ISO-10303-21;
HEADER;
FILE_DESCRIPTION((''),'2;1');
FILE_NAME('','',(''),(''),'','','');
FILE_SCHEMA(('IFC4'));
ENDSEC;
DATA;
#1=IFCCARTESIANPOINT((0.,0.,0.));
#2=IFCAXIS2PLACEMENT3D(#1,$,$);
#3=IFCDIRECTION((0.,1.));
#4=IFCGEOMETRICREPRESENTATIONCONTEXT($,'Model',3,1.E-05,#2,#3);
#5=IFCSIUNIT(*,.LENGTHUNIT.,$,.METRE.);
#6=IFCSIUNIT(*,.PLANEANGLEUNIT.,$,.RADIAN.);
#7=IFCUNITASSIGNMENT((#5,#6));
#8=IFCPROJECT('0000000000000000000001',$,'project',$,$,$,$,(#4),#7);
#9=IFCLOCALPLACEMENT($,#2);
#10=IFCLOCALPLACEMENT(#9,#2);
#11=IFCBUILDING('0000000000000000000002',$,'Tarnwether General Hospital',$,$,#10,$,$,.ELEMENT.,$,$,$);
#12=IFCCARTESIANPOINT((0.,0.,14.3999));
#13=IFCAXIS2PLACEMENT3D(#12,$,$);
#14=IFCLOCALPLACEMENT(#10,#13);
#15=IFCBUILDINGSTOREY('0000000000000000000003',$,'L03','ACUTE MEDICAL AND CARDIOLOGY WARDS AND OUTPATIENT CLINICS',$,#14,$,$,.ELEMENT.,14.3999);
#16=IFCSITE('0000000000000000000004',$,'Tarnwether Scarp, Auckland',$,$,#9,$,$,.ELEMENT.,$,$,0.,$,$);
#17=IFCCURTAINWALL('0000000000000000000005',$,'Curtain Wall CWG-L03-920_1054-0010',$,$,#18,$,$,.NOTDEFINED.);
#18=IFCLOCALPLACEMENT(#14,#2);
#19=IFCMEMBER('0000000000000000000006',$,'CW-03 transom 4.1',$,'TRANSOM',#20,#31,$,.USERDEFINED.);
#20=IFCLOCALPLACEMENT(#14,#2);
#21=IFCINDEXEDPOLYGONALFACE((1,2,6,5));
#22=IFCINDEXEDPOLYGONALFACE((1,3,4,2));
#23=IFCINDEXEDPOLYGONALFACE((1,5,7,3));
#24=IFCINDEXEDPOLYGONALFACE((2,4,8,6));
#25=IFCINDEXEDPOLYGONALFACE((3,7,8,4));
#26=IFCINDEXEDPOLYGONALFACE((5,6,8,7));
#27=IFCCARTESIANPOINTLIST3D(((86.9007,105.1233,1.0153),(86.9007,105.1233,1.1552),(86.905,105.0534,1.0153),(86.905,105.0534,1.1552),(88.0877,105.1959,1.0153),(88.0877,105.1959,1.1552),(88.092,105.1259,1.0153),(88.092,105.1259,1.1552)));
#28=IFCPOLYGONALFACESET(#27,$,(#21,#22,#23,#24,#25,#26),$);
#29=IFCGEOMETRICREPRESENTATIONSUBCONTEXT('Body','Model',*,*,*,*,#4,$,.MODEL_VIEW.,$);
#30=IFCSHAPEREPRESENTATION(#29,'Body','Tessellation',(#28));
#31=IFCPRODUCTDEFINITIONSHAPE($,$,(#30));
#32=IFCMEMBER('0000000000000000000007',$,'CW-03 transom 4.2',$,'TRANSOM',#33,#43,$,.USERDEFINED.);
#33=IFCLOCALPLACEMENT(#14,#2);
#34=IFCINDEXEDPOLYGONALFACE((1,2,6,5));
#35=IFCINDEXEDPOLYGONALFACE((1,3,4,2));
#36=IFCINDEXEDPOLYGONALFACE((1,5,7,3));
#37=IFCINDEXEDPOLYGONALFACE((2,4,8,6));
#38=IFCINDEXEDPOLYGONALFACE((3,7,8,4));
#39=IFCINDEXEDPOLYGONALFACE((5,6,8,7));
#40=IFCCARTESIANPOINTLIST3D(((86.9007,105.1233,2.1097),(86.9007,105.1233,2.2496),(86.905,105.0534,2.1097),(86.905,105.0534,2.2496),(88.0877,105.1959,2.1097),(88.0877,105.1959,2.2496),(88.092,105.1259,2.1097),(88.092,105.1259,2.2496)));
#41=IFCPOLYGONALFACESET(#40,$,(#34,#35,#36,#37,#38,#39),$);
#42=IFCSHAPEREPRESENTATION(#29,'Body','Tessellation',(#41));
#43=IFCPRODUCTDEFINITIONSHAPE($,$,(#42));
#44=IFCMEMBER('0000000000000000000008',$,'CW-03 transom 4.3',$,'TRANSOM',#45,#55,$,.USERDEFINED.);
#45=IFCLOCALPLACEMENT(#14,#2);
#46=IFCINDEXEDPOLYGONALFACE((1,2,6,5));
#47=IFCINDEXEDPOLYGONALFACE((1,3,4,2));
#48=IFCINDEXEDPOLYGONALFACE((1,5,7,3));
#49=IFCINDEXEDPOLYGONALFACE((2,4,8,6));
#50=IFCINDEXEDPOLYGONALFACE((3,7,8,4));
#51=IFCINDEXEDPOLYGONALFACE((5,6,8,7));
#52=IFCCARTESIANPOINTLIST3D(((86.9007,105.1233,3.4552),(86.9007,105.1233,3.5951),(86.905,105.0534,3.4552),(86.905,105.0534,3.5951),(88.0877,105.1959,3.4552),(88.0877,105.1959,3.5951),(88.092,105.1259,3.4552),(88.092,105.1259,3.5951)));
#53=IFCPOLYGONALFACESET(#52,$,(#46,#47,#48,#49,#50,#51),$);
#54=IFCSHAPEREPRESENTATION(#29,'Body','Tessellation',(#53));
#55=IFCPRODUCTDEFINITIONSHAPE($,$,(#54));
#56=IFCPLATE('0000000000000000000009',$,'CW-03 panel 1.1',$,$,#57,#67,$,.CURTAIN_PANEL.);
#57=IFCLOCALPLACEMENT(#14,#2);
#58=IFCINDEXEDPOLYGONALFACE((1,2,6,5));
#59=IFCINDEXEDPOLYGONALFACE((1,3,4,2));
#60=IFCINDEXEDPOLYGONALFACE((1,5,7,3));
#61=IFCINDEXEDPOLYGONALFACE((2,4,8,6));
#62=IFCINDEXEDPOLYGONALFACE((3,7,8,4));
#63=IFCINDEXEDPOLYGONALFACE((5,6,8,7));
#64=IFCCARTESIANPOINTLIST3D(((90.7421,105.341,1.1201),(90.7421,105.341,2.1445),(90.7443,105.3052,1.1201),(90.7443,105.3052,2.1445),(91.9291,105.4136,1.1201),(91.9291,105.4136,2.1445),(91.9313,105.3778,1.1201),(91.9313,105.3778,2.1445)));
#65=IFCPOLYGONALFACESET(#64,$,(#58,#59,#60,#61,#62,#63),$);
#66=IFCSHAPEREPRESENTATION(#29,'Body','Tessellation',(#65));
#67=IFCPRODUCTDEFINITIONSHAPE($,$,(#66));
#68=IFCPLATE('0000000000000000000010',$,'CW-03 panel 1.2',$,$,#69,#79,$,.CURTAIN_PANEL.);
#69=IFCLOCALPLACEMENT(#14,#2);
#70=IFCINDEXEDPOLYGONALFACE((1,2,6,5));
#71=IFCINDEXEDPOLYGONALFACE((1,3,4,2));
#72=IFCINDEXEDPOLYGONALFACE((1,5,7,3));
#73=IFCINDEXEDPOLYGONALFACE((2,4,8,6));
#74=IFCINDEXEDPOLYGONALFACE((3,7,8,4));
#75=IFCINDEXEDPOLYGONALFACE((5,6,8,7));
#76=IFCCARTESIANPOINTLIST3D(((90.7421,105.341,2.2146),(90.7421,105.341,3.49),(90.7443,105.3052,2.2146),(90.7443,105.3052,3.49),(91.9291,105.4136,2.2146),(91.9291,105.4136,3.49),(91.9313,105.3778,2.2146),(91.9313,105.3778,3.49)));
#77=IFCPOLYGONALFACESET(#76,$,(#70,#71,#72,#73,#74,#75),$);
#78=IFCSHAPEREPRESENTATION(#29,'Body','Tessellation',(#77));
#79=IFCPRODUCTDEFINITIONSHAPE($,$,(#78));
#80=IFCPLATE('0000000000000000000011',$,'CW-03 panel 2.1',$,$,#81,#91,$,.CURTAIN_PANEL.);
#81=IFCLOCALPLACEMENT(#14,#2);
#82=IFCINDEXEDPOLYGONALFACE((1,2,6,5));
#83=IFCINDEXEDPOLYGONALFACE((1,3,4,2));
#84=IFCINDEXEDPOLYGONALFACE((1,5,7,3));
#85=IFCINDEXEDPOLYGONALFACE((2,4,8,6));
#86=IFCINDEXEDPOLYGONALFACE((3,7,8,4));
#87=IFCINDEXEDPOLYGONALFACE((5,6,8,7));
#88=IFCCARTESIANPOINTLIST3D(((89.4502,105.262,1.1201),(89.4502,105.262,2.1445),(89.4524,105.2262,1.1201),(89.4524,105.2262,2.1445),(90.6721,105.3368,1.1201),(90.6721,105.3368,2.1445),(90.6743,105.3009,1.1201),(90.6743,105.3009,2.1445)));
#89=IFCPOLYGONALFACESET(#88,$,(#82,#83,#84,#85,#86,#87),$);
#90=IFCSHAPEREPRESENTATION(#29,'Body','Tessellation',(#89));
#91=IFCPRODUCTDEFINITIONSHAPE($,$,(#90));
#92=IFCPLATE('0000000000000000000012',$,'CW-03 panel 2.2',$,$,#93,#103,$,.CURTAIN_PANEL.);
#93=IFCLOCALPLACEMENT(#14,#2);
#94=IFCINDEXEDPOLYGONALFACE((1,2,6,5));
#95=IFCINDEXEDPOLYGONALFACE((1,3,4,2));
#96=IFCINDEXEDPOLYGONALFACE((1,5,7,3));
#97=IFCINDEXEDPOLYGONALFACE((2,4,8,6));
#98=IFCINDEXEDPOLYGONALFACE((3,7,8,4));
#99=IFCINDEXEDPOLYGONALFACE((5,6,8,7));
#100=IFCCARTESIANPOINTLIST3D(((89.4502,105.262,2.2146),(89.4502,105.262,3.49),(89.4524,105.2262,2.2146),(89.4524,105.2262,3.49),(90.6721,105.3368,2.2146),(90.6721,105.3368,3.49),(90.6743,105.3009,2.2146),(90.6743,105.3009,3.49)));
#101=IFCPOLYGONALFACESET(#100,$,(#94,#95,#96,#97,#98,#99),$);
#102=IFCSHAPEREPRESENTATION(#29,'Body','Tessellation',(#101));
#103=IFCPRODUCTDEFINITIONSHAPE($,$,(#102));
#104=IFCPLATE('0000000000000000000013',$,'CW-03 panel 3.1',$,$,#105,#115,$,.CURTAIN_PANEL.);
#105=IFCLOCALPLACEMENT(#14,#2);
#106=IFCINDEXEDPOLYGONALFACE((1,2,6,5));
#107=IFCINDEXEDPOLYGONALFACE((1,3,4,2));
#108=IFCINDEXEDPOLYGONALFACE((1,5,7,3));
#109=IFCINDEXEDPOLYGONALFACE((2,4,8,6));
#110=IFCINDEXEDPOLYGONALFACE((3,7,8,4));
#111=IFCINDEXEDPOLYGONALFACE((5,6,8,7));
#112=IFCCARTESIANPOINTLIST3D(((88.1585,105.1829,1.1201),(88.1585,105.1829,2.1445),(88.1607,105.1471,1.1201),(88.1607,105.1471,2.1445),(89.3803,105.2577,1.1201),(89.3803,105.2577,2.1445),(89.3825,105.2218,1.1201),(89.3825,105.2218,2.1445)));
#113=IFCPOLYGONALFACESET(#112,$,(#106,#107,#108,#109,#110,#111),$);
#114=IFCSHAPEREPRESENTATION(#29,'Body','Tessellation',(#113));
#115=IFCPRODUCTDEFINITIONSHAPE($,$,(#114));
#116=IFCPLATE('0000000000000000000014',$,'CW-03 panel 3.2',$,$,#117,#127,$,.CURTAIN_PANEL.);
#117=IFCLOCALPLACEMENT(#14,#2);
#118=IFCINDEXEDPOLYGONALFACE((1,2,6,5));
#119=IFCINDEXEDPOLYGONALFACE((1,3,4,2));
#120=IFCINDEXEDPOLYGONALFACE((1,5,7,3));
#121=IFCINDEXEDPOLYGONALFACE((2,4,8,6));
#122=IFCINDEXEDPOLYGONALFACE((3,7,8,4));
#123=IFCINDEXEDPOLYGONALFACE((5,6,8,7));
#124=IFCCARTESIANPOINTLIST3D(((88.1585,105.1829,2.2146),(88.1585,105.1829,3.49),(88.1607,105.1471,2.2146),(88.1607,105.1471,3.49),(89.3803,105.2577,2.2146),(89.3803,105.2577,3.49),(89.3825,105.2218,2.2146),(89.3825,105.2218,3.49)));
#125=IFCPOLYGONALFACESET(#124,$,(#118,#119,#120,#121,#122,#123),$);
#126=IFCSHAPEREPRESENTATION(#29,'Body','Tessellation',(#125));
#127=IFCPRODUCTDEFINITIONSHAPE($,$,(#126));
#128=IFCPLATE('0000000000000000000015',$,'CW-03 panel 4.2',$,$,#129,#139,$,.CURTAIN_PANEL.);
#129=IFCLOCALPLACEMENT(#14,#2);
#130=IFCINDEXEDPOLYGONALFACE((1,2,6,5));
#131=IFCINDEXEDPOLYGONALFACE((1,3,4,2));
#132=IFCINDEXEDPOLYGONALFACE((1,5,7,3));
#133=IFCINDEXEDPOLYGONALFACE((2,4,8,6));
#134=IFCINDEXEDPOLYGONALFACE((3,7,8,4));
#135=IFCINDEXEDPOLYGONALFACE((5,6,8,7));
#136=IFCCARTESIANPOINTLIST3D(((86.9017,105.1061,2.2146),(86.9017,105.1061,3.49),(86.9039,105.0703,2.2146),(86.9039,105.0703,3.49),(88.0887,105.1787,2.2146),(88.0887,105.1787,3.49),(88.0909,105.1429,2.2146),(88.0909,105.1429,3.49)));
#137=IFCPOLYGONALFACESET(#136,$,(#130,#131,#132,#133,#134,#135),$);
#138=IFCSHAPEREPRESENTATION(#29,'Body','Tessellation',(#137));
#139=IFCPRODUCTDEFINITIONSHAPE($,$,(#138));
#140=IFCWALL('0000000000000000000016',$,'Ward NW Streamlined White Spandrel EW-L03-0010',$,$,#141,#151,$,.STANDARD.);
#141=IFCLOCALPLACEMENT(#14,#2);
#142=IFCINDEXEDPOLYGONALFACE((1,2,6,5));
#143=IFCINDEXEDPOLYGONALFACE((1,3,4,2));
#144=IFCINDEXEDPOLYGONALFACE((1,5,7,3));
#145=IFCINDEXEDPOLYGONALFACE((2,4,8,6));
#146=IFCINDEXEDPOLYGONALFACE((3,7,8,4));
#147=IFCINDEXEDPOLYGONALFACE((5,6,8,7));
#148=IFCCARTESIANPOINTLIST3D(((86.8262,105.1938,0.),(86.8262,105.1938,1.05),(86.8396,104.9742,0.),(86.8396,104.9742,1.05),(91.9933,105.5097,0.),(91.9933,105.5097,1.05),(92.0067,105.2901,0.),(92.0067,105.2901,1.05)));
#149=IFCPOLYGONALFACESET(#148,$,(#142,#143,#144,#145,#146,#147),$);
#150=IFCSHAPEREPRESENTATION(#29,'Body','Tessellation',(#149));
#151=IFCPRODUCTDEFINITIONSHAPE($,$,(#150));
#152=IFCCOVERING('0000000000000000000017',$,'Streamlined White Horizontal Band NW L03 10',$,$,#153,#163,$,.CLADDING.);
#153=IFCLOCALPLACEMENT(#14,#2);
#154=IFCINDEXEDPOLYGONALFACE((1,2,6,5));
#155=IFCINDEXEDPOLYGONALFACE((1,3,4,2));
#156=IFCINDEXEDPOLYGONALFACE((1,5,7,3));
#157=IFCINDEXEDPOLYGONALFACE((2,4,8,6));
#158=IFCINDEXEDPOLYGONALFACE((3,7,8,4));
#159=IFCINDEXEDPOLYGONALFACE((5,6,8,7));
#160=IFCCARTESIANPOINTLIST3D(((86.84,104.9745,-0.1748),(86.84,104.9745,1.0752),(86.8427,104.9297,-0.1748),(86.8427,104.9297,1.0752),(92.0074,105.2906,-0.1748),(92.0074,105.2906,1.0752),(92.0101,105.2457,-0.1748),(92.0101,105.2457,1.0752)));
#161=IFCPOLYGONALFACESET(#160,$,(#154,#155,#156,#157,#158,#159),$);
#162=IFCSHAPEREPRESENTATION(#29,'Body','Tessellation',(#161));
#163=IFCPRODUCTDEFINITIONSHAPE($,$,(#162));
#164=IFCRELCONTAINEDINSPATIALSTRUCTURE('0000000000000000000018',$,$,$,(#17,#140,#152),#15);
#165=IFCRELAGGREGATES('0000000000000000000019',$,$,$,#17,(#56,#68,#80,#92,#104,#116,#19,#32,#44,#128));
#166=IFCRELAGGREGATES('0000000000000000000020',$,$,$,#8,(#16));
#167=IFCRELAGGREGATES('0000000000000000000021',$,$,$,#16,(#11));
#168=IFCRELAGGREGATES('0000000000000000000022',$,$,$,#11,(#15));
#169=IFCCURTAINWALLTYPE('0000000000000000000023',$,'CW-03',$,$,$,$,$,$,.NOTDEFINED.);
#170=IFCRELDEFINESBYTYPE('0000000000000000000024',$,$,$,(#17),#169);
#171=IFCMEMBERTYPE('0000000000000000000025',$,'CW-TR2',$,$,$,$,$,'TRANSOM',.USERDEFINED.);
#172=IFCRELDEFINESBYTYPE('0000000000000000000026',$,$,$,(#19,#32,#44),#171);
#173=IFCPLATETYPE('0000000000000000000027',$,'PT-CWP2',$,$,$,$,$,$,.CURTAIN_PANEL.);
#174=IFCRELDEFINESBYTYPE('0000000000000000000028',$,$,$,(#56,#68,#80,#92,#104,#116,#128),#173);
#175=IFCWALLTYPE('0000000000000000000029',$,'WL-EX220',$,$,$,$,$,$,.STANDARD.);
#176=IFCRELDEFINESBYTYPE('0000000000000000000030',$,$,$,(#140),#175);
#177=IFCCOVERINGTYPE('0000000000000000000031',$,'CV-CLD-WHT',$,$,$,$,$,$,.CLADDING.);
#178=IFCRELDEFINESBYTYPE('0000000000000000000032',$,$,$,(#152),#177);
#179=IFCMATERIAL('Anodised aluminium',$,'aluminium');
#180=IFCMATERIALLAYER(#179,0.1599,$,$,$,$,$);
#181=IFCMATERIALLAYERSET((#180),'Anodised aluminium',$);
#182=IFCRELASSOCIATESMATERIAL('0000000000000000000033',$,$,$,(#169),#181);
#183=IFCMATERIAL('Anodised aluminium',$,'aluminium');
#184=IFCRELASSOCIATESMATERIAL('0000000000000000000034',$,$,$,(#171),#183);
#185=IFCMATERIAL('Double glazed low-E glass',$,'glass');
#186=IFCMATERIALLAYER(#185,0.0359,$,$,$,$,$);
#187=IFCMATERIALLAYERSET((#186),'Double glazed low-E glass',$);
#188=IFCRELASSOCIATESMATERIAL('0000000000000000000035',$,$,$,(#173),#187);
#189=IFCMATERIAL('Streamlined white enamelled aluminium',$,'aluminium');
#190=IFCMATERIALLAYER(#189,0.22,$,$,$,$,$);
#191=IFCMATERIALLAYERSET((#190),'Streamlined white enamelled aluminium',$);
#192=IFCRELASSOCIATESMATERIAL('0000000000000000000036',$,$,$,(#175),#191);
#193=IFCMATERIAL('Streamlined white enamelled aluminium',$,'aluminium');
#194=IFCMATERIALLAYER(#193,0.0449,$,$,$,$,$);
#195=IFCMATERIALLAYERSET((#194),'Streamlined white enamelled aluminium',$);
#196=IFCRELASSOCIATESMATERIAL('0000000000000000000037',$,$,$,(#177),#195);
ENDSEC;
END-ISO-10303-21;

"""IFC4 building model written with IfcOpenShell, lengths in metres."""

from ifc_helpers import new_model, si_unit, direction, frame, frame_2d, origin, origin_2d, place, context, subcontext, project, spatial, rectangle, extrude, material, layer, layer_set, material_profile, profile_set, type_object, element, aggregate, save


model = new_model("IFC4")

# Units and contexts
model_context = context("Model", 3, precision=1e-05, world=origin(), true_north=direction((0.0, 1.0)))
body_context = subcontext(model_context, "Body", "Model", "MODEL_VIEW")
ifc_project = project(units=[si_unit("LENGTHUNIT", "METRE"), si_unit("PLANEANGLEUNIT", "RADIAN")], contexts=[model_context])

# Site, building, storey
site_placement = place(None, origin())
site = spatial("IfcSite", under=ifc_project, at=site_placement, Name="Tarnwether Scarp, Auckland", CompositionType="ELEMENT", RefElevation=0.0)
building_placement = place(site_placement, origin())
building = spatial("IfcBuilding", under=site, at=building_placement, Name="Tarnwether General Hospital", CompositionType="ELEMENT")
storey_placement = place(building_placement, frame((0.0, 0.0, 14.3999)))
storey = spatial("IfcBuildingStorey", under=building, at=storey_placement, Name="L03", Description="ACUTE MEDICAL AND CARDIOLOGY WARDS AND OUTPATIENT CLINICS", CompositionType="ELEMENT", Elevation=14.3999)

# Curtain wall
ifc_material_1 = material(Name="Anodised aluminium", Category="aluminium")
ifc_layer_1 = layer(ifc_material_1, 0.1599)
ifc_layer_set_1 = layer_set([ifc_layer_1], Name="Anodised aluminium")
curtain_wall_type = type_object("IfcCurtainWallType", Name="CW-03", PredefinedType="NOTDEFINED", material=ifc_layer_set_1)
curtain_wall_1_placement = place(storey_placement, origin())
curtain_wall_1 = element("IfcCurtainWall", 1, at=curtain_wall_1_placement, inside=storey, type_object=curtain_wall_type, Name="Curtain Wall CWG-L03-920_1054-0010", PredefinedType="NOTDEFINED")

# Members
ifc_material_2 = material(Name="Anodised aluminium", Category="aluminium")
ifc_material_profile_1 = material_profile(ifc_material_2, rectangle(XDim=0.0701, YDim=0.1399, at=origin_2d()), Name="ALU-TRN-70x140")
ifc_profile_set_1 = profile_set([ifc_material_profile_1], Name="Anodised aluminium")
member_type_1 = type_object("IfcMemberType", Name="CW-TR2", ElementType="TRANSOM", PredefinedType="USERDEFINED", material=ifc_profile_set_1)
member_1_placement = place(storey_placement, frame((88.0898, 105.1609, 1.0852), z_axis=(-0.998139, -0.060972, 0.0), x_axis=(0.060972, -0.998139, 0.0)))
member_1 = element("IfcMember", 2, at=member_1_placement, type_object=member_type_1, Name="CW-03 transom 4.1", ObjectType="TRANSOM", PredefinedType="USERDEFINED", context=body_context, shape_type="SweptSolid", body=[
    extrude(rectangle(XDim=0.0701, YDim=0.1399, at=origin_2d()), origin(), (0.0, 0.0, 1.0), 1.1892),
])
member_2_placement = place(storey_placement, frame((88.0898, 105.1609, 2.1797), z_axis=(-0.998139, -0.060972, 0.0), x_axis=(0.060972, -0.998139, 0.0)))
member_2 = element("IfcMember", 3, at=member_2_placement, type_object=member_type_1, Name="CW-03 transom 4.2", ObjectType="TRANSOM", PredefinedType="USERDEFINED", context=body_context, shape_type="SweptSolid", body=[
    extrude(rectangle(XDim=0.0701, YDim=0.1399, at=origin_2d()), origin(), (0.0, 0.0, 1.0), 1.1892),
])
member_3_placement = place(storey_placement, frame((88.0898, 105.1609, 3.5251), z_axis=(-0.998139, -0.060972, 0.0), x_axis=(0.060972, -0.998139, 0.0)))
member_3 = element("IfcMember", 4, at=member_3_placement, type_object=member_type_1, Name="CW-03 transom 4.3", ObjectType="TRANSOM", PredefinedType="USERDEFINED", context=body_context, shape_type="SweptSolid", body=[
    extrude(rectangle(XDim=0.0701, YDim=0.1399, at=origin_2d()), origin(), (0.0, 0.0, 1.0), 1.1892),
])

# Plates
ifc_material_3 = material(Name="Double glazed low-E glass", Category="glass")
ifc_layer_2 = layer(ifc_material_3, 0.0359)
ifc_layer_set_2 = layer_set([ifc_layer_2], Name="Double glazed low-E glass")
plate_type = type_object("IfcPlateType", Name="PT-CWP2", PredefinedType="CURTAIN_PANEL", material=ifc_layer_set_2)
plate_1_placement = place(storey_placement, frame((91.3367, 105.3594, 1.1201), z_axis=(0.0, 0.0, 1.0), x_axis=(-0.998135, -0.061043, 0.0)))
plate_1 = element("IfcPlate", 5, at=plate_1_placement, type_object=plate_type, Name="CW-03 panel 1.1", PredefinedType="CURTAIN_PANEL", context=body_context, shape_type="SweptSolid", body=[
    extrude(rectangle(XDim=1.1892, YDim=0.0359, at=origin_2d()), origin(), (0.0, 0.0, 1.0), 1.0244),
])
plate_2_placement = place(storey_placement, frame((91.3367, 105.3594, 2.2146), z_axis=(0.0, 0.0, 1.0), x_axis=(-0.998135, -0.061043, 0.0)))
plate_2 = element("IfcPlate", 6, at=plate_2_placement, type_object=plate_type, Name="CW-03 panel 1.2", PredefinedType="CURTAIN_PANEL", context=body_context, shape_type="SweptSolid", body=[
    extrude(rectangle(XDim=1.1892, YDim=0.0359, at=origin_2d()), origin(), (0.0, 0.0, 1.0), 1.2754),
])
plate_3_placement = place(storey_placement, frame((90.0623, 105.2815, 1.1201), z_axis=(0.0, 0.0, 1.0), x_axis=(-0.998135, -0.061043, 0.0)))
plate_3 = element("IfcPlate", 7, at=plate_3_placement, type_object=plate_type, Name="CW-03 panel 2.1", PredefinedType="CURTAIN_PANEL", context=body_context, shape_type="SweptSolid", body=[
    extrude(rectangle(XDim=1.2241, YDim=0.0359, at=origin_2d()), origin(), (0.0, 0.0, 1.0), 1.0244),
])
plate_4_placement = place(storey_placement, frame((90.0623, 105.2815, 2.2146), z_axis=(0.0, 0.0, 1.0), x_axis=(-0.998135, -0.061043, 0.0)))
plate_4 = element("IfcPlate", 8, at=plate_4_placement, type_object=plate_type, Name="CW-03 panel 2.2", PredefinedType="CURTAIN_PANEL", context=body_context, shape_type="SweptSolid", body=[
    extrude(rectangle(XDim=1.2241, YDim=0.0359, at=origin_2d()), origin(), (0.0, 0.0, 1.0), 1.2754),
])
plate_5_placement = place(storey_placement, frame((88.7705, 105.2024, 1.1201), z_axis=(0.0, 0.0, 1.0), x_axis=(-0.998135, -0.061043, 0.0)))
plate_5 = element("IfcPlate", 9, at=plate_5_placement, type_object=plate_type, Name="CW-03 panel 3.1", PredefinedType="CURTAIN_PANEL", context=body_context, shape_type="SweptSolid", body=[
    extrude(rectangle(XDim=1.2241, YDim=0.0359, at=origin_2d()), origin(), (0.0, 0.0, 1.0), 1.0244),
])
plate_6_placement = place(storey_placement, frame((88.7705, 105.2024, 2.2146), z_axis=(0.0, 0.0, 1.0), x_axis=(-0.998135, -0.061043, 0.0)))
plate_6 = element("IfcPlate", 10, at=plate_6_placement, type_object=plate_type, Name="CW-03 panel 3.2", PredefinedType="CURTAIN_PANEL", context=body_context, shape_type="SweptSolid", body=[
    extrude(rectangle(XDim=1.2241, YDim=0.0359, at=origin_2d()), origin(), (0.0, 0.0, 1.0), 1.2754),
])
plate_7_placement = place(storey_placement, frame((87.4963, 105.1245, 2.2146), z_axis=(0.0, 0.0, 1.0), x_axis=(-0.998135, -0.061043, 0.0)))
plate_7 = element("IfcPlate", 11, at=plate_7_placement, type_object=plate_type, Name="CW-03 panel 4.2", PredefinedType="CURTAIN_PANEL", context=body_context, shape_type="SweptSolid", body=[
    extrude(rectangle(XDim=1.1892, YDim=0.0359, at=origin_2d()), origin(), (0.0, 0.0, 1.0), 1.2754),
])
aggregate(curtain_wall_1, [plate_1, plate_2, plate_3, plate_4, plate_5, plate_6, member_1, member_2, member_3, plate_7])

# Wall
ifc_material_4 = material(Name="Streamlined white enamelled aluminium", Category="aluminium")
ifc_layer_3 = layer(ifc_material_4, 0.22)
ifc_layer_set_3 = layer_set([ifc_layer_3], Name="Streamlined white enamelled aluminium")
wall_type = type_object("IfcWallType", Name="WL-EX220", PredefinedType="STANDARD", material=ifc_layer_set_3)
wall_placement = place(storey_placement, frame((92.0, 105.3999, 0.0), z_axis=(0.0, 0.0, 1.0), x_axis=(-0.998136, -0.061028, 0.0)))
element("IfcWall", 12, at=wall_placement, inside=storey, type_object=wall_type, Name="Ward NW Streamlined White Spandrel EW-L03-0010", PredefinedType="STANDARD", context=body_context, shape_type="SweptSolid", body=[
    extrude(rectangle(XDim=5.1768, YDim=0.22, at=frame_2d((2.5884, 0.0))), origin(), (0.0, 0.0, 1.0), 1.05),
])

# Covering
ifc_material_5 = material(Name="Streamlined white enamelled aluminium", Category="aluminium")
ifc_layer_4 = layer(ifc_material_5, 0.0449)
ifc_layer_set_4 = layer_set([ifc_layer_4], Name="Streamlined white enamelled aluminium")
covering_type = type_object("IfcCoveringType", Name="CV-CLD-WHT", PredefinedType="CLADDING", material=ifc_layer_set_4)
covering_placement = place(storey_placement, frame((89.425, 105.1101, -0.1748), z_axis=(0.0, 0.0, 1.0), x_axis=(-0.998135, -0.061049, 0.0)))
element("IfcCovering", 13, at=covering_placement, inside=storey, type_object=covering_type, Name="Streamlined White Horizontal Band NW L03 10", PredefinedType="CLADDING", context=body_context, shape_type="SweptSolid", body=[
    extrude(rectangle(XDim=5.177, YDim=0.0449, at=origin_2d()), origin(), (0.0, 0.0, 1.0), 1.25),
])

save(model, "model.ifc")
